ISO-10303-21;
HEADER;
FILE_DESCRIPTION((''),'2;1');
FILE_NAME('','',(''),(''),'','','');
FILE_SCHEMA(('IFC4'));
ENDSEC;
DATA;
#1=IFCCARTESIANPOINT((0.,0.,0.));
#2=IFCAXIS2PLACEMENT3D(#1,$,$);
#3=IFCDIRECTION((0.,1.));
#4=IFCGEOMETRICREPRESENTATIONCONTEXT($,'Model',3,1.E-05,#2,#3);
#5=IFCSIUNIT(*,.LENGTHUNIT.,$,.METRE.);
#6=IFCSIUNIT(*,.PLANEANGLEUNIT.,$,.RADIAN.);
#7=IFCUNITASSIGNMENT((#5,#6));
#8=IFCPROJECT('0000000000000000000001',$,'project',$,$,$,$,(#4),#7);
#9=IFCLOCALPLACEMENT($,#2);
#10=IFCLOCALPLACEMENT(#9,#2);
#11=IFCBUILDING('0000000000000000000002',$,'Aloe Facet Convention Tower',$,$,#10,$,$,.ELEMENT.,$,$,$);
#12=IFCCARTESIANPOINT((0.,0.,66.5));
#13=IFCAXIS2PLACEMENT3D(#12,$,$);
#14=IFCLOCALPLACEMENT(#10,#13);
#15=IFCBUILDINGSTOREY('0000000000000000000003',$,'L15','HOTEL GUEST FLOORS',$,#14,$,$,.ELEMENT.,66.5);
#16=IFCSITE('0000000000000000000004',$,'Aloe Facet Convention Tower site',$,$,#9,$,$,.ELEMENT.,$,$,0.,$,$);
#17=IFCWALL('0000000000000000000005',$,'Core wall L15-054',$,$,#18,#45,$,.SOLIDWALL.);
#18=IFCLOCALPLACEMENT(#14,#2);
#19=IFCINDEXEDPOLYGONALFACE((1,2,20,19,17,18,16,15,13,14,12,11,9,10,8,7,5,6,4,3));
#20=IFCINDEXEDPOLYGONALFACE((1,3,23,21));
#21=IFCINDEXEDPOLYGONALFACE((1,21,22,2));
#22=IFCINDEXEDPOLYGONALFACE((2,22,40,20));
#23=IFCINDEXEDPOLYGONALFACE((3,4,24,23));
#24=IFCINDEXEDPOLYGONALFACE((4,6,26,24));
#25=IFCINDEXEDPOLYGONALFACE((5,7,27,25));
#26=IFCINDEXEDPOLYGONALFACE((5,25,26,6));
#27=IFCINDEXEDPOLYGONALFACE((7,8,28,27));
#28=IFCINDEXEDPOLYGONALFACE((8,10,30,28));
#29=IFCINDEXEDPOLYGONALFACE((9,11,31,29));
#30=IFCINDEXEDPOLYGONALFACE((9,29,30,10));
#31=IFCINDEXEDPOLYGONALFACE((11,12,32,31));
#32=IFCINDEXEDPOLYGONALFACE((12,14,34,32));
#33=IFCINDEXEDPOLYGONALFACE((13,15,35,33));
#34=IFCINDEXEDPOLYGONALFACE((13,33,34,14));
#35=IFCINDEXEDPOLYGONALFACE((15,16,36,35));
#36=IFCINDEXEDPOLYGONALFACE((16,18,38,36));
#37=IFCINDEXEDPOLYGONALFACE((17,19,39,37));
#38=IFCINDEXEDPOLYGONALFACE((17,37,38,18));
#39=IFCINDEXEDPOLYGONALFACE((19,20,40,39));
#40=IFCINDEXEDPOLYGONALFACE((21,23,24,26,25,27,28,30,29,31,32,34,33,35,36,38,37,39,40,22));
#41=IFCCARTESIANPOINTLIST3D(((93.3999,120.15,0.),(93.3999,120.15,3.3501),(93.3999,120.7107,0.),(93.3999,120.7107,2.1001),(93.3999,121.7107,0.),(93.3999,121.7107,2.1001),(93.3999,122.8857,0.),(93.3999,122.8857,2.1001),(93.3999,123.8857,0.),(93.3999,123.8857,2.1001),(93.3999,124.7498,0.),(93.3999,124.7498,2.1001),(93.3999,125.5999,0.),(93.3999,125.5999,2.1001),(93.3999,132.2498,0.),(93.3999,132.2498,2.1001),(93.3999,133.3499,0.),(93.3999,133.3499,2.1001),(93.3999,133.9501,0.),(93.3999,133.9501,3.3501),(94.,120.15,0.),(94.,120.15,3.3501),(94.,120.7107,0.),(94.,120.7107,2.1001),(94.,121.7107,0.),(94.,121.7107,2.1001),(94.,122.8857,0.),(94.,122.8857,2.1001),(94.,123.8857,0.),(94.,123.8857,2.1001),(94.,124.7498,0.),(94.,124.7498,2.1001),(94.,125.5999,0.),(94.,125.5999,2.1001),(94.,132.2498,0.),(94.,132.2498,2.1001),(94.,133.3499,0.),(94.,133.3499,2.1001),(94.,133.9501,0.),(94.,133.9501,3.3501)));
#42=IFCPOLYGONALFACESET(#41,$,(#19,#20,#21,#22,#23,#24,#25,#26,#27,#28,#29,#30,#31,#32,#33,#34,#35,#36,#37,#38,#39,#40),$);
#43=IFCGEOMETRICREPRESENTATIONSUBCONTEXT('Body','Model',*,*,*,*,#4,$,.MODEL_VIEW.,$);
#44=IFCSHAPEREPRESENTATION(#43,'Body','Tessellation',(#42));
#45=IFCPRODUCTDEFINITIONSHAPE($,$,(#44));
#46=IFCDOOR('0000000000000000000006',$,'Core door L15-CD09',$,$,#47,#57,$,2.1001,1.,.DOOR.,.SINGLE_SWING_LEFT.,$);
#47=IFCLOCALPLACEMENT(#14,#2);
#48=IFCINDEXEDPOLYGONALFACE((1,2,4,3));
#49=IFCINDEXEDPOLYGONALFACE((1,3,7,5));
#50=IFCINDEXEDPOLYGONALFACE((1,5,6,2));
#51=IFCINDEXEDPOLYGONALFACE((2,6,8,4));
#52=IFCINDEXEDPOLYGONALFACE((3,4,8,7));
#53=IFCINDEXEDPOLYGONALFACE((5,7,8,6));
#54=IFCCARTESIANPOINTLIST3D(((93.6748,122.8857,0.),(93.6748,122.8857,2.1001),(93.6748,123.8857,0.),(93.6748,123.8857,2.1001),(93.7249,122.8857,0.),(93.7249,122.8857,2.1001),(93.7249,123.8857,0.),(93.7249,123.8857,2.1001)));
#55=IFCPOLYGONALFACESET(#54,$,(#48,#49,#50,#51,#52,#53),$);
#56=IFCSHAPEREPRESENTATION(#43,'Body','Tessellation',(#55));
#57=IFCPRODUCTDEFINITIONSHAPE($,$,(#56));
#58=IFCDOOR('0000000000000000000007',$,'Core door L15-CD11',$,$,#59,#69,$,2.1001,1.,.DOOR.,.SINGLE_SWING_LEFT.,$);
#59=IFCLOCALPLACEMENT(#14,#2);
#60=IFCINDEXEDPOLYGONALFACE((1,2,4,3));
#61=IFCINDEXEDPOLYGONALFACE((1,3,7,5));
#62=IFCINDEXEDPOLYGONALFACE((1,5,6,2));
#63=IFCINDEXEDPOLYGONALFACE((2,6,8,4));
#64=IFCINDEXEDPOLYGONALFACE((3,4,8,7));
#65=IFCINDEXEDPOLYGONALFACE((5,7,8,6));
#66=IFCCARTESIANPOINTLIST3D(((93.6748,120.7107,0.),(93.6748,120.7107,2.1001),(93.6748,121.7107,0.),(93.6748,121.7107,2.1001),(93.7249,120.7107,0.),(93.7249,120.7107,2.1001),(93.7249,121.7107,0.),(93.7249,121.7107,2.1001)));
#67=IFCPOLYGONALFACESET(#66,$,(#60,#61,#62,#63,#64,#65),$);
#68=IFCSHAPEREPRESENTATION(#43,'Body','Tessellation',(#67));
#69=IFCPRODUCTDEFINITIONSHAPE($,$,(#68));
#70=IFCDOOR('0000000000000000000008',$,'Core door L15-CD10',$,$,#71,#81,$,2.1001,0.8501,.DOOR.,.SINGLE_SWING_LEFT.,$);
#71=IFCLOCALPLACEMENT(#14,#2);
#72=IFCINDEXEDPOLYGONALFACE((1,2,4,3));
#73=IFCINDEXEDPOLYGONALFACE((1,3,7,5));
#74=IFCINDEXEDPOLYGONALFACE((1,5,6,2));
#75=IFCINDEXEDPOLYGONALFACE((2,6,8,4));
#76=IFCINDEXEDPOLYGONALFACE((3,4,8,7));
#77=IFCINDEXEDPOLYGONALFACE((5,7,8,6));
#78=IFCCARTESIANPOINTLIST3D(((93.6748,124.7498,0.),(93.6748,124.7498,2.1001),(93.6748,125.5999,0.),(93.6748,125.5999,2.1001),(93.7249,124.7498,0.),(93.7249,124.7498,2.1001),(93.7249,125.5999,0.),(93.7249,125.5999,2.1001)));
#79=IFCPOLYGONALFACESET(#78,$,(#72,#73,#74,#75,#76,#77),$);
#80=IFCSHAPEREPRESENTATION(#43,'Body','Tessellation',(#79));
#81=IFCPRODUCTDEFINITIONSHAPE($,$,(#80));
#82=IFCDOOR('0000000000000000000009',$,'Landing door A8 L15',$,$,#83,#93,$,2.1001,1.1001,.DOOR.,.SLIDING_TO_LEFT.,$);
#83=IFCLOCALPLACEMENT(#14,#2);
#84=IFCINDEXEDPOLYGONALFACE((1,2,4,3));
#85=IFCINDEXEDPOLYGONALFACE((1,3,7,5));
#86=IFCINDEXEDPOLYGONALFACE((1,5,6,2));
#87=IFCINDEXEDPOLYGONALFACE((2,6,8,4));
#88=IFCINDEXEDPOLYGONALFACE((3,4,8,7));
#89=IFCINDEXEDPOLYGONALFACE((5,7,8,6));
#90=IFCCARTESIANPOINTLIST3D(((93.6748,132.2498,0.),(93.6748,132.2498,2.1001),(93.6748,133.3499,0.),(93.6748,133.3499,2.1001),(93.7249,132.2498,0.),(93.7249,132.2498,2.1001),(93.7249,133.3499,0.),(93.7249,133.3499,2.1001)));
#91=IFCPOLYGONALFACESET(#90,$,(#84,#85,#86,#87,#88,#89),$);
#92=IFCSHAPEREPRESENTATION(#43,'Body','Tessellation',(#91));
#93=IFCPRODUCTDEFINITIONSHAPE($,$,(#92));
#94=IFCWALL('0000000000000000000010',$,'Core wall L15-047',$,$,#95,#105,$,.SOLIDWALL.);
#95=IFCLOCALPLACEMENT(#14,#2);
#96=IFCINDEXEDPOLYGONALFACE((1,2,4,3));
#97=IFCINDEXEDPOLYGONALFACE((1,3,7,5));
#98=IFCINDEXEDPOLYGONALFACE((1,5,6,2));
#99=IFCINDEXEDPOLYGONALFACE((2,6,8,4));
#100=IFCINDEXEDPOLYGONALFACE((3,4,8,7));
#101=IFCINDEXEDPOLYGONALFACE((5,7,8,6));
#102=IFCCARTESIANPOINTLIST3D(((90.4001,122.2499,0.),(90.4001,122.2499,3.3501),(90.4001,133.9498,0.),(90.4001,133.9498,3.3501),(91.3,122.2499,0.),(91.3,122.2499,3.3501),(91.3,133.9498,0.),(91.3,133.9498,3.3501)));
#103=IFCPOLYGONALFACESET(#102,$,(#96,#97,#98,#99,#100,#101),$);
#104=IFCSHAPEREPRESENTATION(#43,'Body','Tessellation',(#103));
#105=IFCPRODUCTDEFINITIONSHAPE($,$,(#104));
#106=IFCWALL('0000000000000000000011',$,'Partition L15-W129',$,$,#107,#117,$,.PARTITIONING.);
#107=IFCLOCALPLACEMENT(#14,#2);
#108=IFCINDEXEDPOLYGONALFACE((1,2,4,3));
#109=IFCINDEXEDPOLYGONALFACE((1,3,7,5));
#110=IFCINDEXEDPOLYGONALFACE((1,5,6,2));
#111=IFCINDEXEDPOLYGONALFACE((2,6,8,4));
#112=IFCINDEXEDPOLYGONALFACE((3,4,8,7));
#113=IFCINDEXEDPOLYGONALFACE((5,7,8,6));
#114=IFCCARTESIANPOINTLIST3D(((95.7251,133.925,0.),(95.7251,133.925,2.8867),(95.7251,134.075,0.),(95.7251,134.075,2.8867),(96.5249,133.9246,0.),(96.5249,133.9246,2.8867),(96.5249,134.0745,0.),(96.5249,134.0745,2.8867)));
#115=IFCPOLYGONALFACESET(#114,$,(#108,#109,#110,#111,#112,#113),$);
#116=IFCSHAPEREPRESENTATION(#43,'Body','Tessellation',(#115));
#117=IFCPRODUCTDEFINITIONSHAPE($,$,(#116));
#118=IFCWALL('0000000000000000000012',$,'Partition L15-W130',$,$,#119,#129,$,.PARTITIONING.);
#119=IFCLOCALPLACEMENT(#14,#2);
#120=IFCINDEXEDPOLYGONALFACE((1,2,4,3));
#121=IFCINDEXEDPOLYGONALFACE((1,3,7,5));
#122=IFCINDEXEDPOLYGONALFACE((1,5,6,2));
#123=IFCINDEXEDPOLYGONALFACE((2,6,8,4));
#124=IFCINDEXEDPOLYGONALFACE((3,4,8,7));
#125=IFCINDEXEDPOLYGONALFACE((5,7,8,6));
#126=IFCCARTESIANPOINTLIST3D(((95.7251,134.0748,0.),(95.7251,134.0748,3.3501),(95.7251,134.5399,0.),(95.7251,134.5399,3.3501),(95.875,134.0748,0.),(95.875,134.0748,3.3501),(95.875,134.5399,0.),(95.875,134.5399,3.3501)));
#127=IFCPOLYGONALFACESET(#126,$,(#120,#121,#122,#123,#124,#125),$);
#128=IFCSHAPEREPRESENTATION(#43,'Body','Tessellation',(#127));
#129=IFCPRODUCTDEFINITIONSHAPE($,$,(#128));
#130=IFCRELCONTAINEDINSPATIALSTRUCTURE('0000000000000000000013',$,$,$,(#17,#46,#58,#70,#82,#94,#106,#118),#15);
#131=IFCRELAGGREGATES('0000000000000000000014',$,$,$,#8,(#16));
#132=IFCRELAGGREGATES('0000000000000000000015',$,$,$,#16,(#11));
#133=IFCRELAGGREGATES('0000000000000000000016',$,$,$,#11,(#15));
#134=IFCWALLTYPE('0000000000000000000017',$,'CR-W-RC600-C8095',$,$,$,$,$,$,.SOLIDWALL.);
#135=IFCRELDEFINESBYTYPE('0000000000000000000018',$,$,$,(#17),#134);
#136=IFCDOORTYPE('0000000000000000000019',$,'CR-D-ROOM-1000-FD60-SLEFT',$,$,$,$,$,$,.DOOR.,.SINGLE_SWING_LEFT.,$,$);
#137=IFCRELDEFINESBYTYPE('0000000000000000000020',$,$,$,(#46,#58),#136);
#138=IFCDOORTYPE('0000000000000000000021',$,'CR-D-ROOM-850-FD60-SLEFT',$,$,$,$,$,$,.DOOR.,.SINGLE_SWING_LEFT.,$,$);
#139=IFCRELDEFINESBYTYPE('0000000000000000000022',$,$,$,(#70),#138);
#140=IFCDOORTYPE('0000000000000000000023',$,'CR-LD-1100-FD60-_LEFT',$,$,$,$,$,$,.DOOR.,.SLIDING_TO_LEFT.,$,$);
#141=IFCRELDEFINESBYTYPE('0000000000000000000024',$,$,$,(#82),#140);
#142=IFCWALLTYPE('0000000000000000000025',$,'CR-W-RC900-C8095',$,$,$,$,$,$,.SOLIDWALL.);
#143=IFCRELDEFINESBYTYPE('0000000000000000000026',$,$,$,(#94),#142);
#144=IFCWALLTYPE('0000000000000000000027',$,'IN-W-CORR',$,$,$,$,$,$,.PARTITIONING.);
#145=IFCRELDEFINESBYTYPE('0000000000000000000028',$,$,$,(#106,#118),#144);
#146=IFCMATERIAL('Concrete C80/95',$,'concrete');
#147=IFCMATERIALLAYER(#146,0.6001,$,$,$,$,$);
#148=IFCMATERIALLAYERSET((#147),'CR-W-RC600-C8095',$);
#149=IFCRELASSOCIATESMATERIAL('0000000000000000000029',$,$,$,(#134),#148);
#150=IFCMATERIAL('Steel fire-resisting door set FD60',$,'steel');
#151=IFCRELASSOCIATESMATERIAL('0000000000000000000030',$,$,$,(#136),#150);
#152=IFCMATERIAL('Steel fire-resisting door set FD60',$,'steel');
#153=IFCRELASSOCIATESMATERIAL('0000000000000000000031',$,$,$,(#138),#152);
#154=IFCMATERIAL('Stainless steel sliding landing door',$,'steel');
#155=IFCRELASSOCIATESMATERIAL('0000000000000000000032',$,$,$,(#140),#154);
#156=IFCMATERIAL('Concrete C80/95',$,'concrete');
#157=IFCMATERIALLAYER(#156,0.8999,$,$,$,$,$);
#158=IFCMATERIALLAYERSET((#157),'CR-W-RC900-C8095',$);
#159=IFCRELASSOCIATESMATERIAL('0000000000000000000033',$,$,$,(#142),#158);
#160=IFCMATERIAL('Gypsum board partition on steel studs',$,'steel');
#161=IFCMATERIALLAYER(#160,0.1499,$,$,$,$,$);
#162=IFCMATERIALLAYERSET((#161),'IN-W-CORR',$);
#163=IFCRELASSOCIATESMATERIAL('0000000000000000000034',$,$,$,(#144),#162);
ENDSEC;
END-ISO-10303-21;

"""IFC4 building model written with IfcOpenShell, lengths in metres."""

from ifc_helpers import new_model, si_unit, direction, frame, frame_2d, origin, place, context, subcontext, project, spatial, rectangle, extrude, material, layer, layer_set, type_object, element, fill, save


model = new_model("IFC4")

# Units and contexts
model_context = context("Model", 3, precision=1e-05, world=origin(), true_north=direction((0.0, 1.0)))
body_context = subcontext(model_context, "Body", "Model", "MODEL_VIEW")
ifc_project = project(units=[si_unit("LENGTHUNIT", "METRE"), si_unit("PLANEANGLEUNIT", "RADIAN")], contexts=[model_context])

# Site, building, storey
site_placement = place(None, origin())
site = spatial("IfcSite", under=ifc_project, at=site_placement, Name="Aloe Facet Convention Tower site", CompositionType="ELEMENT", RefElevation=0.0)
building_placement = place(site_placement, origin())
building = spatial("IfcBuilding", under=site, at=building_placement, Name="Aloe Facet Convention Tower", CompositionType="ELEMENT")
storey_placement = place(building_placement, frame((0.0, 0.0, 66.5)))
storey = spatial("IfcBuildingStorey", under=building, at=storey_placement, Name="L15", Description="HOTEL GUEST FLOORS", CompositionType="ELEMENT", Elevation=66.5)

# Wall, openings, doors
ifc_material_1 = material(Name="Concrete C80/95", Category="concrete")
ifc_layer_1 = layer(ifc_material_1, 0.6001)
ifc_layer_set_1 = layer_set([ifc_layer_1], Name="CR-W-RC600-C8095")
wall_type_1 = type_object("IfcWallType", Name="CR-W-RC600-C8095", PredefinedType="SOLIDWALL", material=ifc_layer_set_1)
wall_1_placement = place(storey_placement, frame((93.7, 133.95, 0.0), z_axis=(0.0, 0.0, 1.0), x_axis=(0.0, -1.0, 0.0)))
wall_1 = element("IfcWall", 1, at=wall_1_placement, inside=storey, type_object=wall_type_1, Name="Core wall L15-054", PredefinedType="SOLIDWALL", context=body_context, shape_type="SweptSolid", body=[
    extrude(rectangle(XDim=13.8, YDim=0.6001, at=frame_2d((6.8999, 0.0))), origin(), (0.0, 0.0, 1.0), 3.3501),
])
opening_1_placement = place(wall_1_placement, frame((0.6001, 0.0, 0.0)))
opening_1 = element("IfcOpeningElement", 2, at=opening_1_placement, cuts=wall_1, PredefinedType="OPENING", context=body_context, shape_type="SweptSolid", body=[
    extrude(rectangle(XDim=1.1001, YDim=2.1001, at=frame_2d((0.55, 1.05))), frame((0.0, 0.3101, 0.0), z_axis=(0.0, -1.0, 0.0), x_axis=(1.0, 0.0, 0.0)), (0.0, 0.0, 1.0), 0.6201),
])
opening_2_placement = place(wall_1_placement, frame((10.0642, 0.0, 0.0)))
opening_2 = element("IfcOpeningElement", 3, at=opening_2_placement, cuts=wall_1, PredefinedType="OPENING", context=body_context, shape_type="SweptSolid", body=[
    extrude(rectangle(XDim=1.0, YDim=2.1001, at=frame_2d((0.5, 1.05))), frame((0.0, 0.3101, 0.0), z_axis=(0.0, -1.0, 0.0), x_axis=(1.0, 0.0, 0.0)), (0.0, 0.0, 1.0), 0.6201),
])
opening_3_placement = place(wall_1_placement, frame((8.3501, 0.0, 0.0)))
opening_3 = element("IfcOpeningElement", 4, at=opening_3_placement, cuts=wall_1, PredefinedType="OPENING", context=body_context, shape_type="SweptSolid", body=[
    extrude(rectangle(XDim=0.8501, YDim=2.1001, at=frame_2d((0.425, 1.05))), frame((0.0, 0.3101, 0.0), z_axis=(0.0, -1.0, 0.0), x_axis=(1.0, 0.0, 0.0)), (0.0, 0.0, 1.0), 0.6201),
])
opening_4_placement = place(wall_1_placement, frame((12.2393, 0.0, 0.0)))
opening_4 = element("IfcOpeningElement", 5, at=opening_4_placement, cuts=wall_1, PredefinedType="OPENING", context=body_context, shape_type="SweptSolid", body=[
    extrude(rectangle(XDim=1.0, YDim=2.1001, at=frame_2d((0.5, 1.05))), frame((0.0, 0.3101, 0.0), z_axis=(0.0, -1.0, 0.0), x_axis=(1.0, 0.0, 0.0)), (0.0, 0.0, 1.0), 0.6201),
])
ifc_material_2 = material(Name="Steel fire-resisting door set FD60", Category="steel")
door_type_1 = type_object("IfcDoorType", Name="CR-D-ROOM-1000-FD60-SLEFT", OperationType="SINGLE_SWING_LEFT", PredefinedType="DOOR", material=ifc_material_2)
door_1_placement = place(opening_2_placement, origin())
door_1 = element("IfcDoor", 6, at=door_1_placement, inside=storey, type_object=door_type_1, Name="Core door L15-CD09", OperationType="SINGLE_SWING_LEFT", OverallHeight=2.1001, OverallWidth=1.0, PredefinedType="DOOR", context=body_context, shape_type="SweptSolid", body=[
    extrude(rectangle(XDim=1.0, YDim=2.1001, at=frame_2d((0.5, 1.05))), frame((0.0, 0.0249, 0.0), z_axis=(0.0, -1.0, 0.0), x_axis=(1.0, 0.0, 0.0)), (0.0, 0.0, 1.0), 0.05),
])
fill(opening_2, door_1)
door_2_placement = place(opening_4_placement, origin())
door_2 = element("IfcDoor", 7, at=door_2_placement, inside=storey, type_object=door_type_1, Name="Core door L15-CD11", OperationType="SINGLE_SWING_LEFT", OverallHeight=2.1001, OverallWidth=1.0, PredefinedType="DOOR", context=body_context, shape_type="SweptSolid", body=[
    extrude(rectangle(XDim=1.0, YDim=2.1001, at=frame_2d((0.5, 1.05))), frame((0.0, 0.0249, 0.0), z_axis=(0.0, -1.0, 0.0), x_axis=(1.0, 0.0, 0.0)), (0.0, 0.0, 1.0), 0.05),
])
fill(opening_4, door_2)
ifc_material_3 = material(Name="Steel fire-resisting door set FD60", Category="steel")
door_type_2 = type_object("IfcDoorType", Name="CR-D-ROOM-850-FD60-SLEFT", OperationType="SINGLE_SWING_LEFT", PredefinedType="DOOR", material=ifc_material_3)
door_3_placement = place(opening_3_placement, origin())
door_3 = element("IfcDoor", 8, at=door_3_placement, inside=storey, type_object=door_type_2, Name="Core door L15-CD10", OperationType="SINGLE_SWING_LEFT", OverallHeight=2.1001, OverallWidth=0.8501, PredefinedType="DOOR", context=body_context, shape_type="SweptSolid", body=[
    extrude(rectangle(XDim=0.8501, YDim=2.1001, at=frame_2d((0.425, 1.05))), frame((0.0, 0.0249, 0.0), z_axis=(0.0, -1.0, 0.0), x_axis=(1.0, 0.0, 0.0)), (0.0, 0.0, 1.0), 0.05),
])
fill(opening_3, door_3)
ifc_material_4 = material(Name="Stainless steel sliding landing door", Category="steel")
door_type_3 = type_object("IfcDoorType", Name="CR-LD-1100-FD60-_LEFT", OperationType="SLIDING_TO_LEFT", PredefinedType="DOOR", material=ifc_material_4)
door_4_placement = place(opening_1_placement, origin())
door_4 = element("IfcDoor", 9, at=door_4_placement, inside=storey, type_object=door_type_3, Name="Landing door A8 L15", OperationType="SLIDING_TO_LEFT", OverallHeight=2.1001, OverallWidth=1.1001, PredefinedType="DOOR", context=body_context, shape_type="SweptSolid", body=[
    extrude(rectangle(XDim=1.1001, YDim=2.1001, at=frame_2d((0.55, 1.05))), frame((0.0, 0.0249, 0.0), z_axis=(0.0, -1.0, 0.0), x_axis=(1.0, 0.0, 0.0)), (0.0, 0.0, 1.0), 0.05),
])
fill(opening_1, door_4)

# Walls
ifc_material_5 = material(Name="Concrete C80/95", Category="concrete")
ifc_layer_2 = layer(ifc_material_5, 0.8999)
ifc_layer_set_2 = layer_set([ifc_layer_2], Name="CR-W-RC900-C8095")
wall_type_2 = type_object("IfcWallType", Name="CR-W-RC900-C8095", PredefinedType="SOLIDWALL", material=ifc_layer_set_2)
wall_2_placement = place(storey_placement, frame((90.8501, 133.95, 0.0), z_axis=(0.0, 0.0, 1.0), x_axis=(0.0, -1.0, 0.0)))
element("IfcWall", 10, at=wall_2_placement, inside=storey, type_object=wall_type_2, Name="Core wall L15-047", PredefinedType="SOLIDWALL", context=body_context, shape_type="SweptSolid", body=[
    extrude(rectangle(XDim=11.7, YDim=0.8999, at=frame_2d((5.8501, 0.0))), origin(), (0.0, 0.0, 1.0), 3.3501),
])
ifc_material_6 = material(Name="Gypsum board partition on steel studs", Category="steel")
ifc_layer_3 = layer(ifc_material_6, 0.1499)
ifc_layer_set_3 = layer_set([ifc_layer_3], Name="IN-W-CORR")
wall_type_3 = type_object("IfcWallType", Name="IN-W-CORR", PredefinedType="PARTITIONING", material=ifc_layer_set_3)
wall_3_placement = place(storey_placement, frame((95.7251, 134.0, 0.0), z_axis=(0.0, 0.0, 1.0), x_axis=(1.0, -0.000611, 0.0)))
element("IfcWall", 11, at=wall_3_placement, inside=storey, type_object=wall_type_3, Name="Partition L15-W129", PredefinedType="PARTITIONING", context=body_context, shape_type="SweptSolid", body=[
    extrude(rectangle(XDim=0.7998, YDim=0.1499, at=frame_2d((0.3999, 0.0))), origin(), (0.0, 0.0, 1.0), 2.8867),
])
wall_4_placement = place(storey_placement, frame((95.8, 134.075, 0.0), z_axis=(0.0, 0.0, 1.0), x_axis=(0.0, 1.0, 0.0)))
element("IfcWall", 12, at=wall_4_placement, inside=storey, type_object=wall_type_3, Name="Partition L15-W130", PredefinedType="PARTITIONING", context=body_context, shape_type="SweptSolid", body=[
    extrude(rectangle(XDim=0.4651, YDim=0.1499, at=frame_2d((0.2324, 0.0))), origin(), (0.0, 0.0, 1.0), 3.3501),
])

save(model, "model.ifc")
